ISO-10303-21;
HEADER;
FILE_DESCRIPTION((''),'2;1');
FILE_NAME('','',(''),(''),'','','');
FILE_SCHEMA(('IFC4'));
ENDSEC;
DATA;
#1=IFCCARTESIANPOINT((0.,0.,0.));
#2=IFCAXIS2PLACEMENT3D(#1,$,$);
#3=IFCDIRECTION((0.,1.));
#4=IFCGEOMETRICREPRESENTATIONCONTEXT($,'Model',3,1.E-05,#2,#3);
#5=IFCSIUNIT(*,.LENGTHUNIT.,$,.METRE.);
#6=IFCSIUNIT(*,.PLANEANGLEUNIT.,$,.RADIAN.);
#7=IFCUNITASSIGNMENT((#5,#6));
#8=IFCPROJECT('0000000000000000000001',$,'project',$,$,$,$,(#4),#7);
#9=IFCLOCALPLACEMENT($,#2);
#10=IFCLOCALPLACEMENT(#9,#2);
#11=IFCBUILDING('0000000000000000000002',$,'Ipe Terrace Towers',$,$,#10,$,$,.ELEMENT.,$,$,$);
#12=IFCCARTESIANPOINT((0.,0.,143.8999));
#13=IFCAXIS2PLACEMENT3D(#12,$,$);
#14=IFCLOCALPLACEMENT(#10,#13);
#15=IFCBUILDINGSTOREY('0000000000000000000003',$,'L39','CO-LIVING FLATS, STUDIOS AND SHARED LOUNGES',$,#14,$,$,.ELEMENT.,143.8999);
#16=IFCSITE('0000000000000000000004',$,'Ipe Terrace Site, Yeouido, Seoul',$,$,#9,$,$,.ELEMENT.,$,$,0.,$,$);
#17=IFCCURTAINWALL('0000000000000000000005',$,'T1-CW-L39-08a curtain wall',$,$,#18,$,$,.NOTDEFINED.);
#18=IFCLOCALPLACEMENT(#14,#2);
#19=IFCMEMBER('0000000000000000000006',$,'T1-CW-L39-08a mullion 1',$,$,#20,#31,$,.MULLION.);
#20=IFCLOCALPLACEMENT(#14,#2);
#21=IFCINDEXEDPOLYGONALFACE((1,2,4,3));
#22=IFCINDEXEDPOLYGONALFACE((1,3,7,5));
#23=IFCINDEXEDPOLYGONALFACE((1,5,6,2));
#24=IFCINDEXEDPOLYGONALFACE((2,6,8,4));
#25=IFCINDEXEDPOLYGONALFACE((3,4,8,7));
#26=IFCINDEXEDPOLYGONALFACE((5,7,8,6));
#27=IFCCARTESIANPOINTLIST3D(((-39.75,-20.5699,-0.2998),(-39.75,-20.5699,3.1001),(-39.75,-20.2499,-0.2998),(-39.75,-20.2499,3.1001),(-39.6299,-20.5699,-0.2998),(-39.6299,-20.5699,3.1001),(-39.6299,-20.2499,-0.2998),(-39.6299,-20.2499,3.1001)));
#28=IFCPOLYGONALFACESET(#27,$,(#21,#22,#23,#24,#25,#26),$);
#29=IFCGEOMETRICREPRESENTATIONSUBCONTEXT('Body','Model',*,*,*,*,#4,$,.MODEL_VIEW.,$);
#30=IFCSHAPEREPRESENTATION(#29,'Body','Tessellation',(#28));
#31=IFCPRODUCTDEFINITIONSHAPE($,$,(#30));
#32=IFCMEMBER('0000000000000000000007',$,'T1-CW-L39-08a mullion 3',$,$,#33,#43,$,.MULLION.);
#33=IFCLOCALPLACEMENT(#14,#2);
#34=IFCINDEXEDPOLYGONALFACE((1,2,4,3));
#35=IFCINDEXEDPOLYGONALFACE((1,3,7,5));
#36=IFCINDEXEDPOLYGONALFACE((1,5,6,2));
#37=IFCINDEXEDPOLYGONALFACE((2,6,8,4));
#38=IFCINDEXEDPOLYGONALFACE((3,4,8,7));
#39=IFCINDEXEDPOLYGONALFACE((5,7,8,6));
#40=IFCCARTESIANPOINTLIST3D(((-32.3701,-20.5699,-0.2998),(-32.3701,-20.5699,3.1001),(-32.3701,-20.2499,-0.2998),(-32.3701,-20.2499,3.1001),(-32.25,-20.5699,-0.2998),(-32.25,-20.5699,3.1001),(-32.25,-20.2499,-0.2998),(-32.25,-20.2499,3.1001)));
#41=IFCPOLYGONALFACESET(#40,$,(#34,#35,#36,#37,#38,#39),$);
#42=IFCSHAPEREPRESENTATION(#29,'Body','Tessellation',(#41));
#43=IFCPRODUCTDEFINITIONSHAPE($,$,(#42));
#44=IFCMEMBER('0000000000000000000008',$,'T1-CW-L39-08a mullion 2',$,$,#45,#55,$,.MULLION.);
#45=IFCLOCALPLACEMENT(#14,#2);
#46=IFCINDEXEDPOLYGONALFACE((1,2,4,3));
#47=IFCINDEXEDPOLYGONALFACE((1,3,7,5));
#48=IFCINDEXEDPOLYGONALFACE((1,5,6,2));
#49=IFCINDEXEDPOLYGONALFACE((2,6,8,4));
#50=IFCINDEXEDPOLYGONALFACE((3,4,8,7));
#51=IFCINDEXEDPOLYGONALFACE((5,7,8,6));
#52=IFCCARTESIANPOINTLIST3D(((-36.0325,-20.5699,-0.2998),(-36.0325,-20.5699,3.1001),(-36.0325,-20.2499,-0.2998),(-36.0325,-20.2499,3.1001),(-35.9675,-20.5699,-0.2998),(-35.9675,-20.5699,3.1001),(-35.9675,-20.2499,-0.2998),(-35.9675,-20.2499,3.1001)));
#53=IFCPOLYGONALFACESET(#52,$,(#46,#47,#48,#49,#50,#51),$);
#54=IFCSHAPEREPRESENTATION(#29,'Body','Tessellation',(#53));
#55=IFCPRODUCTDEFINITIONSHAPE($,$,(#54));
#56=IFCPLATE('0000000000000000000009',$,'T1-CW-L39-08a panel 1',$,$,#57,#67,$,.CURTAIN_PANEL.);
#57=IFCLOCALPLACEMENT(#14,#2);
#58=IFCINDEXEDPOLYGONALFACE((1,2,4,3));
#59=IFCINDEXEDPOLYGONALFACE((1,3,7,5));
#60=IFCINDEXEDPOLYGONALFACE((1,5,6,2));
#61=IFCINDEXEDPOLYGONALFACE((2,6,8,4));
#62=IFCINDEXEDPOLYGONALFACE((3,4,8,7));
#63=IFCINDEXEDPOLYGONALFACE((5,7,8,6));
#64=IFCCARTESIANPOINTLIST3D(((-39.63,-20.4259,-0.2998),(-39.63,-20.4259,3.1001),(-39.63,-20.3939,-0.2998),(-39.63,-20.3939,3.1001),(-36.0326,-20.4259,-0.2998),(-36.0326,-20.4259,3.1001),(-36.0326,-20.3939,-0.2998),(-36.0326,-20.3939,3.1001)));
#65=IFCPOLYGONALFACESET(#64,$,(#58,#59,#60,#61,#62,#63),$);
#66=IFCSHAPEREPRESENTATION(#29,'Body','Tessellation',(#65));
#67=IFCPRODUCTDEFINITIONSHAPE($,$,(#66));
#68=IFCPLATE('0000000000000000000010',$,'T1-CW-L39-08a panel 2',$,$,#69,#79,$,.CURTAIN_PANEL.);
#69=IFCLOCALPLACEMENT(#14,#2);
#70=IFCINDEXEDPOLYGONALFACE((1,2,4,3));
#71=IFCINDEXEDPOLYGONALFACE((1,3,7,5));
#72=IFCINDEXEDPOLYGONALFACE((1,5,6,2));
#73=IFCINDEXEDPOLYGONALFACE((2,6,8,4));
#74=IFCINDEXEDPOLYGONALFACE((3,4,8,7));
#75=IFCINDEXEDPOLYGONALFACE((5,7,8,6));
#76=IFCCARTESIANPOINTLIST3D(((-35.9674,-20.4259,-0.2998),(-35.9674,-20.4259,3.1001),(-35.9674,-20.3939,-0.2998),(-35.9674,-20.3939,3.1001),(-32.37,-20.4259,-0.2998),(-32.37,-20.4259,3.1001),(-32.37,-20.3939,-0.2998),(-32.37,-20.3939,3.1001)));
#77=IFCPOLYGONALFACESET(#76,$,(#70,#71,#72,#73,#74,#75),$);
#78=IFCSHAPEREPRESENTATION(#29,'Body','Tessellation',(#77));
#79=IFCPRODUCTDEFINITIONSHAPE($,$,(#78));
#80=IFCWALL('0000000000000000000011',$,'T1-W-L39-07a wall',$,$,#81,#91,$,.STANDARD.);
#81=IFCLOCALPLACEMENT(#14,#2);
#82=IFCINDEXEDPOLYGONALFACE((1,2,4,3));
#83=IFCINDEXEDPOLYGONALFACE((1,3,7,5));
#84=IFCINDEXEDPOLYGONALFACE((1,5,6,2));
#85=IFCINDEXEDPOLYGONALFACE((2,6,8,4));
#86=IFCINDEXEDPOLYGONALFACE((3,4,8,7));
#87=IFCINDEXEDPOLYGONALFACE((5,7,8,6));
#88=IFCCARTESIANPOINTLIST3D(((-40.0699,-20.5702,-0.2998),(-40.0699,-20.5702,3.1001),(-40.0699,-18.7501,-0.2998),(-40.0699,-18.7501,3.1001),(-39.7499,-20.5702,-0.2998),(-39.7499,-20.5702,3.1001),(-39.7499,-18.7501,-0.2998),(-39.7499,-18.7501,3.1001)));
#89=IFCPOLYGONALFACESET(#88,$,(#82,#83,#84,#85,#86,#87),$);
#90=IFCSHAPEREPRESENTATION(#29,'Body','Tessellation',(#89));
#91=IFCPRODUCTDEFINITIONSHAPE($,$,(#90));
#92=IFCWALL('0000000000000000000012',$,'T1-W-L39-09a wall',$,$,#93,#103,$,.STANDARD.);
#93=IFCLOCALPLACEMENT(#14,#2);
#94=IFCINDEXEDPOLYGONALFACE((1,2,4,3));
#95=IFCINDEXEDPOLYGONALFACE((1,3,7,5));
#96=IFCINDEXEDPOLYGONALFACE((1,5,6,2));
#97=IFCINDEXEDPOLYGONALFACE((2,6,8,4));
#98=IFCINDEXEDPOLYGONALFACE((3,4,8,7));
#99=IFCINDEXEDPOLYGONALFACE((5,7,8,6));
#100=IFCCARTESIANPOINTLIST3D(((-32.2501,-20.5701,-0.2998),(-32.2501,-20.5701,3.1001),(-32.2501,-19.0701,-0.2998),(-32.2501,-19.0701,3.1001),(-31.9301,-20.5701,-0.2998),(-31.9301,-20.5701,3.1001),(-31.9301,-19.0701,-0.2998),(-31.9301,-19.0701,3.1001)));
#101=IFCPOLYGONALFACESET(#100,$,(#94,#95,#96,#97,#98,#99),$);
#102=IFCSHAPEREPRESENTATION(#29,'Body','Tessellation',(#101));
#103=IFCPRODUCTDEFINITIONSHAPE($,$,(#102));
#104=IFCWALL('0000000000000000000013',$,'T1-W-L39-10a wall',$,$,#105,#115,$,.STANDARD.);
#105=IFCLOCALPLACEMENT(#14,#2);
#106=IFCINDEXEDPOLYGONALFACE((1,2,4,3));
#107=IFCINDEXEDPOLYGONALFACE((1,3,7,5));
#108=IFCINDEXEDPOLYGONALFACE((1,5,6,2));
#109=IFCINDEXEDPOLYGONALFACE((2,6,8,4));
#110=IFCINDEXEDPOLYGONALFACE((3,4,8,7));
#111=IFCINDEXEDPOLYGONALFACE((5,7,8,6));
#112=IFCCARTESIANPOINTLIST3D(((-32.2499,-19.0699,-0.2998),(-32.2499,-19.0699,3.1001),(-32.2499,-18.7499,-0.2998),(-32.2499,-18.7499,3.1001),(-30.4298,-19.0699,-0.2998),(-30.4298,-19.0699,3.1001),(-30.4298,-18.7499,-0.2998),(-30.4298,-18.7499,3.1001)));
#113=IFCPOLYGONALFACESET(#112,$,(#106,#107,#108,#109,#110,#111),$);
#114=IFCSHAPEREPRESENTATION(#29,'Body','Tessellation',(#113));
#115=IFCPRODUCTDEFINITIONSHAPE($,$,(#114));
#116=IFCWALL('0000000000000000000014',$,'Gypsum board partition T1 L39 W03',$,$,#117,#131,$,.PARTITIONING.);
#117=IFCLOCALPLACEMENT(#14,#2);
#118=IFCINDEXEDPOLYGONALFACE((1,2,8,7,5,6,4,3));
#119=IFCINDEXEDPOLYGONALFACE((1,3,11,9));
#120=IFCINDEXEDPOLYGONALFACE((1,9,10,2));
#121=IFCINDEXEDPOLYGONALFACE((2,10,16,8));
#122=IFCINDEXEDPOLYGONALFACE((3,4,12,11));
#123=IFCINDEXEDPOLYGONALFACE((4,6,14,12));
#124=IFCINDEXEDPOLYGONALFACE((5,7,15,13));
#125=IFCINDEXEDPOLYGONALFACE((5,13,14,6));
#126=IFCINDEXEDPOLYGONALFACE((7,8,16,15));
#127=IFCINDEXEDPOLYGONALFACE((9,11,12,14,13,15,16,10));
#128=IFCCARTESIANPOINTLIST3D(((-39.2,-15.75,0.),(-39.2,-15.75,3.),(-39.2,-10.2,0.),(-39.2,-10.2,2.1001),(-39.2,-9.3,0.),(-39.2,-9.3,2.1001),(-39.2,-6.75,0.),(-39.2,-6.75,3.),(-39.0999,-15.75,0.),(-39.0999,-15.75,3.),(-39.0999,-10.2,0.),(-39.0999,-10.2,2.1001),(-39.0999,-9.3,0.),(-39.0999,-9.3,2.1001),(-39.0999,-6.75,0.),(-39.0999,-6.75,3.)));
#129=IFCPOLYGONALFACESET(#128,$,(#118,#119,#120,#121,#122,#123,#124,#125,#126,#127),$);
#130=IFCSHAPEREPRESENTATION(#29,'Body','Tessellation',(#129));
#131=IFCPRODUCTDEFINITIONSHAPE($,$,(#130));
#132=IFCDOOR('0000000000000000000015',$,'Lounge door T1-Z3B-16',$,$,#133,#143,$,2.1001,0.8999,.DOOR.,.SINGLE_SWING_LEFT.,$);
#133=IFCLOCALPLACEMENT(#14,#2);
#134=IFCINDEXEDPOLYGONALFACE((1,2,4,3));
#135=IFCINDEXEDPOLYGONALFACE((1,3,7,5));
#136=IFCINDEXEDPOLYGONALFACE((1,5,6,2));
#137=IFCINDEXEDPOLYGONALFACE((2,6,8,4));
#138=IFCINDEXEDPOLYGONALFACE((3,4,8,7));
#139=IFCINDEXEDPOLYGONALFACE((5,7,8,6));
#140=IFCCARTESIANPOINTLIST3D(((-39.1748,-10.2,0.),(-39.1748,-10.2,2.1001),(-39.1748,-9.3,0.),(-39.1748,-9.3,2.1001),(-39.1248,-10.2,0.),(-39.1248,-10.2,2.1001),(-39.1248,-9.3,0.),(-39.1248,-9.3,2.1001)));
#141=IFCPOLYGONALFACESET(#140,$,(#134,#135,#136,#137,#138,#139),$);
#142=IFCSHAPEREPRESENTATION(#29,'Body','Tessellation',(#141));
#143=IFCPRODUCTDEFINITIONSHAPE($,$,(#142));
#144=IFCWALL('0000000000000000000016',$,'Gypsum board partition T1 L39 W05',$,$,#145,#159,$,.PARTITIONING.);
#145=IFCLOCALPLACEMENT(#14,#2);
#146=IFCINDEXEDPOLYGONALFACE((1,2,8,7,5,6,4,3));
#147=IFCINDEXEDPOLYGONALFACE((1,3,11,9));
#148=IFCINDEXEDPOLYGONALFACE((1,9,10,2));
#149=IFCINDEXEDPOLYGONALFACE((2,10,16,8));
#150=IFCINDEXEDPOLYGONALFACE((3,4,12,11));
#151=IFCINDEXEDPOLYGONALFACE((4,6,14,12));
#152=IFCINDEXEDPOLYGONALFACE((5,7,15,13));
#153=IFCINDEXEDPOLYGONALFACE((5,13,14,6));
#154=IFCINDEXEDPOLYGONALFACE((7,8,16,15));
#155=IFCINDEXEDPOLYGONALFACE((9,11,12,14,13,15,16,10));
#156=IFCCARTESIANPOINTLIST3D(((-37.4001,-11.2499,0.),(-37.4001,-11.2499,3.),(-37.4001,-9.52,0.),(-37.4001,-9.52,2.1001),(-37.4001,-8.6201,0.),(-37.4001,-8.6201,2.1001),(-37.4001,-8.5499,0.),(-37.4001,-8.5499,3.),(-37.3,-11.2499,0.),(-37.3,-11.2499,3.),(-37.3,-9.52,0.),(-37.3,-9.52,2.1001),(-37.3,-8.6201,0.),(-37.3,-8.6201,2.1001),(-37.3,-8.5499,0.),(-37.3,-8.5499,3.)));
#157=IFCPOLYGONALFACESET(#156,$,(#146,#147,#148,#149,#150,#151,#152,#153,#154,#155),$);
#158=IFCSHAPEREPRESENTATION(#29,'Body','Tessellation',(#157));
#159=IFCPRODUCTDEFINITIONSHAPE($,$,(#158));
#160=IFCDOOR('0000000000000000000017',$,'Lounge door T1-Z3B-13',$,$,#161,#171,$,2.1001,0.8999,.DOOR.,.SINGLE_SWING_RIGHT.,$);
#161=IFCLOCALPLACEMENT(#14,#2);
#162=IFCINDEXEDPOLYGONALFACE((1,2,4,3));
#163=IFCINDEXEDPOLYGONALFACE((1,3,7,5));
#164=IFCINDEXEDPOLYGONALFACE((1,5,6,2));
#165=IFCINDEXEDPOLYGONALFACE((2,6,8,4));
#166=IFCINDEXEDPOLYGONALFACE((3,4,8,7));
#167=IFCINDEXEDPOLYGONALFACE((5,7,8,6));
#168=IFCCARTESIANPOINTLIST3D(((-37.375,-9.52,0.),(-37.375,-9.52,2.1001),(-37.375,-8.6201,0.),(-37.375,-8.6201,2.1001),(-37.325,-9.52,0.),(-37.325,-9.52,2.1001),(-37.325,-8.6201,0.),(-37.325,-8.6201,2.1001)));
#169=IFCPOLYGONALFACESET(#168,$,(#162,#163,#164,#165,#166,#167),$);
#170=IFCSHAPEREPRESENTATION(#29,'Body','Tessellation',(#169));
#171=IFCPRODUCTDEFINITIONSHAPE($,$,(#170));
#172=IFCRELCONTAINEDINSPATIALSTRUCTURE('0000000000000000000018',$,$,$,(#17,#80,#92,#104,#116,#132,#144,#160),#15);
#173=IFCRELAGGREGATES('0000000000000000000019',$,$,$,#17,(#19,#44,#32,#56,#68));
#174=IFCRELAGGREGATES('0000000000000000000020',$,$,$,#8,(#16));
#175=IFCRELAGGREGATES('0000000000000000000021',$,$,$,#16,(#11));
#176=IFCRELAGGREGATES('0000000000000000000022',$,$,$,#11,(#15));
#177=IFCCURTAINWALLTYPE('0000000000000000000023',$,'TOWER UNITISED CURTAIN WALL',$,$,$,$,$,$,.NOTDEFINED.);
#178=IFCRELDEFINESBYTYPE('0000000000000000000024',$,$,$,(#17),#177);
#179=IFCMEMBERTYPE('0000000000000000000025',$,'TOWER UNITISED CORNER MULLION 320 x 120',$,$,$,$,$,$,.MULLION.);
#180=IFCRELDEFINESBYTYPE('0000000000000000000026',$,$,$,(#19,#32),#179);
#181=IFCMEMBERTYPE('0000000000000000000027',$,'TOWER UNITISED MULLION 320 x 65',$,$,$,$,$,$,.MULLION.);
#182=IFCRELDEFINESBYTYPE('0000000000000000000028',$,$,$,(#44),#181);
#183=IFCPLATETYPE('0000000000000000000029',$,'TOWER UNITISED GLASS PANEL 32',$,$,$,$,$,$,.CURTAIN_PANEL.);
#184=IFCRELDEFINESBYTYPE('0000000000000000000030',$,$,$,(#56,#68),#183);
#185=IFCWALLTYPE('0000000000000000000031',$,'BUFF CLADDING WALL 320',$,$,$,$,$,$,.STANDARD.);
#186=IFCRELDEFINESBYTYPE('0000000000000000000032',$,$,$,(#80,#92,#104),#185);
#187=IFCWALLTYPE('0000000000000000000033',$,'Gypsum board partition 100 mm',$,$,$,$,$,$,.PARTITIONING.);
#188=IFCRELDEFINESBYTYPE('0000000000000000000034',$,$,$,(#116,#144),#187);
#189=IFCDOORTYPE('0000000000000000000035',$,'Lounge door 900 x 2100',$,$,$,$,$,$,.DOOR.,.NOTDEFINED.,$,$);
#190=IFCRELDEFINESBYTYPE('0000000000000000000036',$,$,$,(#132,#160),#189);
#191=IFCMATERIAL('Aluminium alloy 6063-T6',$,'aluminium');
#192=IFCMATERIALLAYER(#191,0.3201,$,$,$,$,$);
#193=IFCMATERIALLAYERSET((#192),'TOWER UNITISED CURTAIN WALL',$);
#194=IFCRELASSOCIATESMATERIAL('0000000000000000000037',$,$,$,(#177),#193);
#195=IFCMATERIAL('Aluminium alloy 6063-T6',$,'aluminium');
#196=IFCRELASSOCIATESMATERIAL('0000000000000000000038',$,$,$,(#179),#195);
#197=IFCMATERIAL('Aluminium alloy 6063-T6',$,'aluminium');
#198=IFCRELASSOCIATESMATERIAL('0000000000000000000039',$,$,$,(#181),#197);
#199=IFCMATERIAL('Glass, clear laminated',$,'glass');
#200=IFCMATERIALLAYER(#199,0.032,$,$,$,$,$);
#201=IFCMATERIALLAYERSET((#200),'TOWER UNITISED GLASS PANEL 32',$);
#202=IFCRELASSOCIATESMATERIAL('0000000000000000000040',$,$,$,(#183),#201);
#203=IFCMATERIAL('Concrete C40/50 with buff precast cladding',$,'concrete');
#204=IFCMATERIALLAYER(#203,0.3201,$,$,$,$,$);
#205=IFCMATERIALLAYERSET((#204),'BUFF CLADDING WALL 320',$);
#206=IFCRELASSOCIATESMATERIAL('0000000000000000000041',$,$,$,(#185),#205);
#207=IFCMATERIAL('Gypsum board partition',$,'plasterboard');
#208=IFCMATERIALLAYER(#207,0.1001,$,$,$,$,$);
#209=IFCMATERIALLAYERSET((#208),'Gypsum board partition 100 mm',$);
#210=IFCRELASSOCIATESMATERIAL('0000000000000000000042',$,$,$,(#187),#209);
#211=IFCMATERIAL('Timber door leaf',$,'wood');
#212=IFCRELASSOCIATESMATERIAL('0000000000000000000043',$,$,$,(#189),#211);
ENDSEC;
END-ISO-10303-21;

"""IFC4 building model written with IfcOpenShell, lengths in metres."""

from ifc_helpers import new_model, si_unit, direction, frame, frame_2d, origin, origin_2d, place, context, subcontext, project, spatial, rectangle, extrude, material, layer, layer_set, material_profile, profile_set, type_object, element, fill, aggregate, save


model = new_model("IFC4")

# Units and contexts
model_context = context("Model", 3, precision=1e-05, world=origin(), true_north=direction((0.0, 1.0)))
body_context = subcontext(model_context, "Body", "Model", "MODEL_VIEW")
ifc_project = project(units=[si_unit("LENGTHUNIT", "METRE"), si_unit("PLANEANGLEUNIT", "RADIAN")], contexts=[model_context])

# Site, building, storey
site_placement = place(None, origin())
site = spatial("IfcSite", under=ifc_project, at=site_placement, Name="Ipe Terrace Site, Yeouido, Seoul", CompositionType="ELEMENT", RefElevation=0.0)
building_placement = place(site_placement, origin())
building = spatial("IfcBuilding", under=site, at=building_placement, Name="Ipe Terrace Towers", CompositionType="ELEMENT")
storey_placement = place(building_placement, frame((0.0, 0.0, 143.8999)))
storey = spatial("IfcBuildingStorey", under=building, at=storey_placement, Name="L39", Description="CO-LIVING FLATS, STUDIOS AND SHARED LOUNGES", CompositionType="ELEMENT", Elevation=143.8999)

# Curtain wall, members, plates
ifc_material_1 = material(Name="Aluminium alloy 6063-T6", Category="aluminium")
ifc_layer_1 = layer(ifc_material_1, 0.3201)
ifc_layer_set_1 = layer_set([ifc_layer_1], Name="TOWER UNITISED CURTAIN WALL")
curtain_wall_type = type_object("IfcCurtainWallType", Name="TOWER UNITISED CURTAIN WALL", PredefinedType="NOTDEFINED", material=ifc_layer_set_1)
curtain_wall_placement = place(storey_placement, origin())
curtain_wall = element("IfcCurtainWall", 1, at=curtain_wall_placement, inside=storey, type_object=curtain_wall_type, Name="T1-CW-L39-08a curtain wall", PredefinedType="NOTDEFINED")
ifc_material_2 = material(Name="Aluminium alloy 6063-T6", Category="aluminium")
ifc_material_profile_1 = material_profile(ifc_material_2, rectangle(XDim=0.3201, YDim=0.1201, at=origin_2d()), Name="TOWER UNITISED CORNER MULLION 320 x 120")
ifc_profile_set_1 = profile_set([ifc_material_profile_1], Name="Aluminium alloy 6063-T6")
member_type_1 = type_object("IfcMemberType", Name="TOWER UNITISED CORNER MULLION 320 x 120", PredefinedType="MULLION", material=ifc_profile_set_1)
member_1_placement = place(storey_placement, frame((-39.6899, -20.4099, -0.2998), z_axis=(0.0, 0.0, 1.0), x_axis=(0.0, -1.0, 0.0)))
member_1 = element("IfcMember", 2, at=member_1_placement, type_object=member_type_1, Name="T1-CW-L39-08a mullion 1", PredefinedType="MULLION", context=body_context, shape_type="SweptSolid", body=[
    extrude(rectangle(XDim=0.3201, YDim=0.1201, at=origin_2d()), origin(), (0.0, 0.0, 1.0), 3.3999),
])
member_2_placement = place(storey_placement, frame((-32.3101, -20.4099, -0.2998), z_axis=(0.0, 0.0, 1.0), x_axis=(0.0, -1.0, 0.0)))
member_2 = element("IfcMember", 3, at=member_2_placement, type_object=member_type_1, Name="T1-CW-L39-08a mullion 3", PredefinedType="MULLION", context=body_context, shape_type="SweptSolid", body=[
    extrude(rectangle(XDim=0.3201, YDim=0.1201, at=origin_2d()), origin(), (0.0, 0.0, 1.0), 3.3999),
])
ifc_material_3 = material(Name="Aluminium alloy 6063-T6", Category="aluminium")
ifc_material_profile_2 = material_profile(ifc_material_3, rectangle(XDim=0.3201, YDim=0.0649, at=origin_2d()), Name="TOWER UNITISED MULLION 320 x 65")
ifc_profile_set_2 = profile_set([ifc_material_profile_2], Name="Aluminium alloy 6063-T6")
member_type_2 = type_object("IfcMemberType", Name="TOWER UNITISED MULLION 320 x 65", PredefinedType="MULLION", material=ifc_profile_set_2)
member_3_placement = place(storey_placement, frame((-36.0, -20.4099, -0.2998), z_axis=(0.0, 0.0, 1.0), x_axis=(0.0, -1.0, 0.0)))
member_3 = element("IfcMember", 4, at=member_3_placement, type_object=member_type_2, Name="T1-CW-L39-08a mullion 2", PredefinedType="MULLION", context=body_context, shape_type="SweptSolid", body=[
    extrude(rectangle(XDim=0.3201, YDim=0.0649, at=origin_2d()), origin(), (0.0, 0.0, 1.0), 3.3999),
])
ifc_material_4 = material(Name="Glass, clear laminated", Category="glass")
ifc_layer_2 = layer(ifc_material_4, 0.032)
ifc_layer_set_2 = layer_set([ifc_layer_2], Name="TOWER UNITISED GLASS PANEL 32")
plate_type = type_object("IfcPlateType", Name="TOWER UNITISED GLASS PANEL 32", PredefinedType="CURTAIN_PANEL", material=ifc_layer_set_2)
plate_1_placement = place(storey_placement, frame((-37.8313, -20.4099, -0.2998), z_axis=(0.0, 0.0, 1.0), x_axis=(1.0, 0.0, 0.0)))
plate_1 = element("IfcPlate", 5, at=plate_1_placement, type_object=plate_type, Name="T1-CW-L39-08a panel 1", PredefinedType="CURTAIN_PANEL", context=body_context, shape_type="SweptSolid", body=[
    extrude(rectangle(XDim=3.5974, YDim=0.032, at=origin_2d()), origin(), (0.0, 0.0, 1.0), 3.3999),
])
plate_2_placement = place(storey_placement, frame((-34.1687, -20.4099, -0.2998), z_axis=(0.0, 0.0, 1.0), x_axis=(1.0, 0.0, 0.0)))
plate_2 = element("IfcPlate", 6, at=plate_2_placement, type_object=plate_type, Name="T1-CW-L39-08a panel 2", PredefinedType="CURTAIN_PANEL", context=body_context, shape_type="SweptSolid", body=[
    extrude(rectangle(XDim=3.5974, YDim=0.032, at=origin_2d()), origin(), (0.0, 0.0, 1.0), 3.3999),
])
aggregate(curtain_wall, [member_1, member_3, member_2, plate_1, plate_2])

# Walls
ifc_material_5 = material(Name="Concrete C40/50 with buff precast cladding", Category="concrete")
ifc_layer_3 = layer(ifc_material_5, 0.3201)
ifc_layer_set_3 = layer_set([ifc_layer_3], Name="BUFF CLADDING WALL 320")
wall_type_1 = type_object("IfcWallType", Name="BUFF CLADDING WALL 320", PredefinedType="STANDARD", material=ifc_layer_set_3)
wall_1_placement = place(storey_placement, frame((-39.9099, -18.75, -0.2998), z_axis=(0.0, 0.0, 1.0), x_axis=(0.0, -1.0, 0.0)))
element("IfcWall", 7, at=wall_1_placement, inside=storey, type_object=wall_type_1, Name="T1-W-L39-07a wall", PredefinedType="STANDARD", context=body_context, shape_type="SweptSolid", body=[
    extrude(rectangle(XDim=1.8201, YDim=0.3201, at=frame_2d((0.9102, 0.0))), origin(), (0.0, 0.0, 1.0), 3.3999),
])
wall_2_placement = place(storey_placement, frame((-32.0901, -20.5701, -0.2998), z_axis=(0.0, 0.0, 1.0), x_axis=(0.0, 1.0, 0.0)))
element("IfcWall", 8, at=wall_2_placement, inside=storey, type_object=wall_type_1, Name="T1-W-L39-09a wall", PredefinedType="STANDARD", context=body_context, shape_type="SweptSolid", body=[
    extrude(rectangle(XDim=1.5, YDim=0.3201, at=frame_2d((0.75, 0.0))), origin(), (0.0, 0.0, 1.0), 3.3999),
])
wall_3_placement = place(storey_placement, frame((-32.25, -18.9099, -0.2998), z_axis=(0.0, 0.0, 1.0), x_axis=(1.0, 0.0, 0.0)))
element("IfcWall", 9, at=wall_3_placement, inside=storey, type_object=wall_type_1, Name="T1-W-L39-10a wall", PredefinedType="STANDARD", context=body_context, shape_type="SweptSolid", body=[
    extrude(rectangle(XDim=1.8201, YDim=0.3201, at=frame_2d((0.9102, 0.0))), origin(), (0.0, 0.0, 1.0), 3.3999),
])

# Walls, openings, doors
ifc_material_6 = material(Name="Gypsum board partition", Category="plasterboard")
ifc_layer_4 = layer(ifc_material_6, 0.1001)
ifc_layer_set_4 = layer_set([ifc_layer_4], Name="Gypsum board partition 100 mm")
wall_type_2 = type_object("IfcWallType", Name="Gypsum board partition 100 mm", PredefinedType="PARTITIONING", material=ifc_layer_set_4)
wall_4_placement = place(storey_placement, frame((-39.1499, -15.75, 0.0), z_axis=(0.0, 0.0, 1.0), x_axis=(0.0, 1.0, 0.0)))
wall_4 = element("IfcWall", 10, at=wall_4_placement, inside=storey, type_object=wall_type_2, Name="Gypsum board partition T1 L39 W03", PredefinedType="PARTITIONING", context=body_context, shape_type="SweptSolid", body=[
    extrude(rectangle(XDim=9.0, YDim=0.1001, at=frame_2d((4.5, 0.0))), origin(), (0.0, 0.0, 1.0), 3.0),
])
opening_1_placement = place(wall_4_placement, frame((5.55, 0.0, 0.0)))
opening_1 = element("IfcOpeningElement", 11, at=opening_1_placement, cuts=wall_4, PredefinedType="OPENING", context=body_context, shape_type="SweptSolid", body=[
    extrude(rectangle(XDim=0.8999, YDim=2.1001, at=frame_2d((0.45, 1.05))), frame((0.0, 0.0601, 0.0), z_axis=(0.0, -1.0, 0.0), x_axis=(1.0, 0.0, 0.0)), (0.0, 0.0, 1.0), 0.1201),
])
ifc_material_7 = material(Name="Timber door leaf", Category="wood")
door_type_1 = type_object("IfcDoorType", Name="Lounge door 900 x 2100", OperationType="NOTDEFINED", PredefinedType="DOOR", material=ifc_material_7)
door_1_placement = place(opening_1_placement, origin())
door_1 = element("IfcDoor", 12, at=door_1_placement, inside=storey, type_object=door_type_1, Name="Lounge door T1-Z3B-16", OperationType="SINGLE_SWING_LEFT", OverallHeight=2.1001, OverallWidth=0.8999, PredefinedType="DOOR", context=body_context, shape_type="SweptSolid", body=[
    extrude(rectangle(XDim=0.8999, YDim=2.1001, at=frame_2d((0.45, 1.05))), frame((0.0, 0.0249, 0.0), z_axis=(0.0, -1.0, 0.0), x_axis=(1.0, 0.0, 0.0)), (0.0, 0.0, 1.0), 0.05),
])
fill(opening_1, door_1)
wall_5_placement = place(storey_placement, frame((-37.3501, -11.25, 0.0), z_axis=(0.0, 0.0, 1.0), x_axis=(0.0, 1.0, 0.0)))
wall_5 = element("IfcWall", 13, at=wall_5_placement, inside=storey, type_object=wall_type_2, Name="Gypsum board partition T1 L39 W05", PredefinedType="PARTITIONING", context=body_context, shape_type="SweptSolid", body=[
    extrude(rectangle(XDim=2.7, YDim=0.1001, at=frame_2d((1.3501, 0.0))), origin(), (0.0, 0.0, 1.0), 3.0),
])
opening_2_placement = place(wall_5_placement, frame((1.73, 0.0, 0.0)))
opening_2 = element("IfcOpeningElement", 14, at=opening_2_placement, cuts=wall_5, PredefinedType="OPENING", context=body_context, shape_type="SweptSolid", body=[
    extrude(rectangle(XDim=0.8999, YDim=2.1001, at=frame_2d((0.45, 1.05))), frame((0.0, 0.0601, 0.0), z_axis=(0.0, -1.0, 0.0), x_axis=(1.0, 0.0, 0.0)), (0.0, 0.0, 1.0), 0.1201),
])
door_2_placement = place(opening_2_placement, origin())
door_2 = element("IfcDoor", 15, at=door_2_placement, inside=storey, type_object=door_type_1, Name="Lounge door T1-Z3B-13", OperationType="SINGLE_SWING_RIGHT", OverallHeight=2.1001, OverallWidth=0.8999, PredefinedType="DOOR", context=body_context, shape_type="SweptSolid", body=[
    extrude(rectangle(XDim=0.8999, YDim=2.1001, at=frame_2d((0.45, 1.05))), frame((0.0, 0.0249, 0.0), z_axis=(0.0, -1.0, 0.0), x_axis=(1.0, 0.0, 0.0)), (0.0, 0.0, 1.0), 0.05),
])
fill(opening_2, door_2)

save(model, "model.ifc")
